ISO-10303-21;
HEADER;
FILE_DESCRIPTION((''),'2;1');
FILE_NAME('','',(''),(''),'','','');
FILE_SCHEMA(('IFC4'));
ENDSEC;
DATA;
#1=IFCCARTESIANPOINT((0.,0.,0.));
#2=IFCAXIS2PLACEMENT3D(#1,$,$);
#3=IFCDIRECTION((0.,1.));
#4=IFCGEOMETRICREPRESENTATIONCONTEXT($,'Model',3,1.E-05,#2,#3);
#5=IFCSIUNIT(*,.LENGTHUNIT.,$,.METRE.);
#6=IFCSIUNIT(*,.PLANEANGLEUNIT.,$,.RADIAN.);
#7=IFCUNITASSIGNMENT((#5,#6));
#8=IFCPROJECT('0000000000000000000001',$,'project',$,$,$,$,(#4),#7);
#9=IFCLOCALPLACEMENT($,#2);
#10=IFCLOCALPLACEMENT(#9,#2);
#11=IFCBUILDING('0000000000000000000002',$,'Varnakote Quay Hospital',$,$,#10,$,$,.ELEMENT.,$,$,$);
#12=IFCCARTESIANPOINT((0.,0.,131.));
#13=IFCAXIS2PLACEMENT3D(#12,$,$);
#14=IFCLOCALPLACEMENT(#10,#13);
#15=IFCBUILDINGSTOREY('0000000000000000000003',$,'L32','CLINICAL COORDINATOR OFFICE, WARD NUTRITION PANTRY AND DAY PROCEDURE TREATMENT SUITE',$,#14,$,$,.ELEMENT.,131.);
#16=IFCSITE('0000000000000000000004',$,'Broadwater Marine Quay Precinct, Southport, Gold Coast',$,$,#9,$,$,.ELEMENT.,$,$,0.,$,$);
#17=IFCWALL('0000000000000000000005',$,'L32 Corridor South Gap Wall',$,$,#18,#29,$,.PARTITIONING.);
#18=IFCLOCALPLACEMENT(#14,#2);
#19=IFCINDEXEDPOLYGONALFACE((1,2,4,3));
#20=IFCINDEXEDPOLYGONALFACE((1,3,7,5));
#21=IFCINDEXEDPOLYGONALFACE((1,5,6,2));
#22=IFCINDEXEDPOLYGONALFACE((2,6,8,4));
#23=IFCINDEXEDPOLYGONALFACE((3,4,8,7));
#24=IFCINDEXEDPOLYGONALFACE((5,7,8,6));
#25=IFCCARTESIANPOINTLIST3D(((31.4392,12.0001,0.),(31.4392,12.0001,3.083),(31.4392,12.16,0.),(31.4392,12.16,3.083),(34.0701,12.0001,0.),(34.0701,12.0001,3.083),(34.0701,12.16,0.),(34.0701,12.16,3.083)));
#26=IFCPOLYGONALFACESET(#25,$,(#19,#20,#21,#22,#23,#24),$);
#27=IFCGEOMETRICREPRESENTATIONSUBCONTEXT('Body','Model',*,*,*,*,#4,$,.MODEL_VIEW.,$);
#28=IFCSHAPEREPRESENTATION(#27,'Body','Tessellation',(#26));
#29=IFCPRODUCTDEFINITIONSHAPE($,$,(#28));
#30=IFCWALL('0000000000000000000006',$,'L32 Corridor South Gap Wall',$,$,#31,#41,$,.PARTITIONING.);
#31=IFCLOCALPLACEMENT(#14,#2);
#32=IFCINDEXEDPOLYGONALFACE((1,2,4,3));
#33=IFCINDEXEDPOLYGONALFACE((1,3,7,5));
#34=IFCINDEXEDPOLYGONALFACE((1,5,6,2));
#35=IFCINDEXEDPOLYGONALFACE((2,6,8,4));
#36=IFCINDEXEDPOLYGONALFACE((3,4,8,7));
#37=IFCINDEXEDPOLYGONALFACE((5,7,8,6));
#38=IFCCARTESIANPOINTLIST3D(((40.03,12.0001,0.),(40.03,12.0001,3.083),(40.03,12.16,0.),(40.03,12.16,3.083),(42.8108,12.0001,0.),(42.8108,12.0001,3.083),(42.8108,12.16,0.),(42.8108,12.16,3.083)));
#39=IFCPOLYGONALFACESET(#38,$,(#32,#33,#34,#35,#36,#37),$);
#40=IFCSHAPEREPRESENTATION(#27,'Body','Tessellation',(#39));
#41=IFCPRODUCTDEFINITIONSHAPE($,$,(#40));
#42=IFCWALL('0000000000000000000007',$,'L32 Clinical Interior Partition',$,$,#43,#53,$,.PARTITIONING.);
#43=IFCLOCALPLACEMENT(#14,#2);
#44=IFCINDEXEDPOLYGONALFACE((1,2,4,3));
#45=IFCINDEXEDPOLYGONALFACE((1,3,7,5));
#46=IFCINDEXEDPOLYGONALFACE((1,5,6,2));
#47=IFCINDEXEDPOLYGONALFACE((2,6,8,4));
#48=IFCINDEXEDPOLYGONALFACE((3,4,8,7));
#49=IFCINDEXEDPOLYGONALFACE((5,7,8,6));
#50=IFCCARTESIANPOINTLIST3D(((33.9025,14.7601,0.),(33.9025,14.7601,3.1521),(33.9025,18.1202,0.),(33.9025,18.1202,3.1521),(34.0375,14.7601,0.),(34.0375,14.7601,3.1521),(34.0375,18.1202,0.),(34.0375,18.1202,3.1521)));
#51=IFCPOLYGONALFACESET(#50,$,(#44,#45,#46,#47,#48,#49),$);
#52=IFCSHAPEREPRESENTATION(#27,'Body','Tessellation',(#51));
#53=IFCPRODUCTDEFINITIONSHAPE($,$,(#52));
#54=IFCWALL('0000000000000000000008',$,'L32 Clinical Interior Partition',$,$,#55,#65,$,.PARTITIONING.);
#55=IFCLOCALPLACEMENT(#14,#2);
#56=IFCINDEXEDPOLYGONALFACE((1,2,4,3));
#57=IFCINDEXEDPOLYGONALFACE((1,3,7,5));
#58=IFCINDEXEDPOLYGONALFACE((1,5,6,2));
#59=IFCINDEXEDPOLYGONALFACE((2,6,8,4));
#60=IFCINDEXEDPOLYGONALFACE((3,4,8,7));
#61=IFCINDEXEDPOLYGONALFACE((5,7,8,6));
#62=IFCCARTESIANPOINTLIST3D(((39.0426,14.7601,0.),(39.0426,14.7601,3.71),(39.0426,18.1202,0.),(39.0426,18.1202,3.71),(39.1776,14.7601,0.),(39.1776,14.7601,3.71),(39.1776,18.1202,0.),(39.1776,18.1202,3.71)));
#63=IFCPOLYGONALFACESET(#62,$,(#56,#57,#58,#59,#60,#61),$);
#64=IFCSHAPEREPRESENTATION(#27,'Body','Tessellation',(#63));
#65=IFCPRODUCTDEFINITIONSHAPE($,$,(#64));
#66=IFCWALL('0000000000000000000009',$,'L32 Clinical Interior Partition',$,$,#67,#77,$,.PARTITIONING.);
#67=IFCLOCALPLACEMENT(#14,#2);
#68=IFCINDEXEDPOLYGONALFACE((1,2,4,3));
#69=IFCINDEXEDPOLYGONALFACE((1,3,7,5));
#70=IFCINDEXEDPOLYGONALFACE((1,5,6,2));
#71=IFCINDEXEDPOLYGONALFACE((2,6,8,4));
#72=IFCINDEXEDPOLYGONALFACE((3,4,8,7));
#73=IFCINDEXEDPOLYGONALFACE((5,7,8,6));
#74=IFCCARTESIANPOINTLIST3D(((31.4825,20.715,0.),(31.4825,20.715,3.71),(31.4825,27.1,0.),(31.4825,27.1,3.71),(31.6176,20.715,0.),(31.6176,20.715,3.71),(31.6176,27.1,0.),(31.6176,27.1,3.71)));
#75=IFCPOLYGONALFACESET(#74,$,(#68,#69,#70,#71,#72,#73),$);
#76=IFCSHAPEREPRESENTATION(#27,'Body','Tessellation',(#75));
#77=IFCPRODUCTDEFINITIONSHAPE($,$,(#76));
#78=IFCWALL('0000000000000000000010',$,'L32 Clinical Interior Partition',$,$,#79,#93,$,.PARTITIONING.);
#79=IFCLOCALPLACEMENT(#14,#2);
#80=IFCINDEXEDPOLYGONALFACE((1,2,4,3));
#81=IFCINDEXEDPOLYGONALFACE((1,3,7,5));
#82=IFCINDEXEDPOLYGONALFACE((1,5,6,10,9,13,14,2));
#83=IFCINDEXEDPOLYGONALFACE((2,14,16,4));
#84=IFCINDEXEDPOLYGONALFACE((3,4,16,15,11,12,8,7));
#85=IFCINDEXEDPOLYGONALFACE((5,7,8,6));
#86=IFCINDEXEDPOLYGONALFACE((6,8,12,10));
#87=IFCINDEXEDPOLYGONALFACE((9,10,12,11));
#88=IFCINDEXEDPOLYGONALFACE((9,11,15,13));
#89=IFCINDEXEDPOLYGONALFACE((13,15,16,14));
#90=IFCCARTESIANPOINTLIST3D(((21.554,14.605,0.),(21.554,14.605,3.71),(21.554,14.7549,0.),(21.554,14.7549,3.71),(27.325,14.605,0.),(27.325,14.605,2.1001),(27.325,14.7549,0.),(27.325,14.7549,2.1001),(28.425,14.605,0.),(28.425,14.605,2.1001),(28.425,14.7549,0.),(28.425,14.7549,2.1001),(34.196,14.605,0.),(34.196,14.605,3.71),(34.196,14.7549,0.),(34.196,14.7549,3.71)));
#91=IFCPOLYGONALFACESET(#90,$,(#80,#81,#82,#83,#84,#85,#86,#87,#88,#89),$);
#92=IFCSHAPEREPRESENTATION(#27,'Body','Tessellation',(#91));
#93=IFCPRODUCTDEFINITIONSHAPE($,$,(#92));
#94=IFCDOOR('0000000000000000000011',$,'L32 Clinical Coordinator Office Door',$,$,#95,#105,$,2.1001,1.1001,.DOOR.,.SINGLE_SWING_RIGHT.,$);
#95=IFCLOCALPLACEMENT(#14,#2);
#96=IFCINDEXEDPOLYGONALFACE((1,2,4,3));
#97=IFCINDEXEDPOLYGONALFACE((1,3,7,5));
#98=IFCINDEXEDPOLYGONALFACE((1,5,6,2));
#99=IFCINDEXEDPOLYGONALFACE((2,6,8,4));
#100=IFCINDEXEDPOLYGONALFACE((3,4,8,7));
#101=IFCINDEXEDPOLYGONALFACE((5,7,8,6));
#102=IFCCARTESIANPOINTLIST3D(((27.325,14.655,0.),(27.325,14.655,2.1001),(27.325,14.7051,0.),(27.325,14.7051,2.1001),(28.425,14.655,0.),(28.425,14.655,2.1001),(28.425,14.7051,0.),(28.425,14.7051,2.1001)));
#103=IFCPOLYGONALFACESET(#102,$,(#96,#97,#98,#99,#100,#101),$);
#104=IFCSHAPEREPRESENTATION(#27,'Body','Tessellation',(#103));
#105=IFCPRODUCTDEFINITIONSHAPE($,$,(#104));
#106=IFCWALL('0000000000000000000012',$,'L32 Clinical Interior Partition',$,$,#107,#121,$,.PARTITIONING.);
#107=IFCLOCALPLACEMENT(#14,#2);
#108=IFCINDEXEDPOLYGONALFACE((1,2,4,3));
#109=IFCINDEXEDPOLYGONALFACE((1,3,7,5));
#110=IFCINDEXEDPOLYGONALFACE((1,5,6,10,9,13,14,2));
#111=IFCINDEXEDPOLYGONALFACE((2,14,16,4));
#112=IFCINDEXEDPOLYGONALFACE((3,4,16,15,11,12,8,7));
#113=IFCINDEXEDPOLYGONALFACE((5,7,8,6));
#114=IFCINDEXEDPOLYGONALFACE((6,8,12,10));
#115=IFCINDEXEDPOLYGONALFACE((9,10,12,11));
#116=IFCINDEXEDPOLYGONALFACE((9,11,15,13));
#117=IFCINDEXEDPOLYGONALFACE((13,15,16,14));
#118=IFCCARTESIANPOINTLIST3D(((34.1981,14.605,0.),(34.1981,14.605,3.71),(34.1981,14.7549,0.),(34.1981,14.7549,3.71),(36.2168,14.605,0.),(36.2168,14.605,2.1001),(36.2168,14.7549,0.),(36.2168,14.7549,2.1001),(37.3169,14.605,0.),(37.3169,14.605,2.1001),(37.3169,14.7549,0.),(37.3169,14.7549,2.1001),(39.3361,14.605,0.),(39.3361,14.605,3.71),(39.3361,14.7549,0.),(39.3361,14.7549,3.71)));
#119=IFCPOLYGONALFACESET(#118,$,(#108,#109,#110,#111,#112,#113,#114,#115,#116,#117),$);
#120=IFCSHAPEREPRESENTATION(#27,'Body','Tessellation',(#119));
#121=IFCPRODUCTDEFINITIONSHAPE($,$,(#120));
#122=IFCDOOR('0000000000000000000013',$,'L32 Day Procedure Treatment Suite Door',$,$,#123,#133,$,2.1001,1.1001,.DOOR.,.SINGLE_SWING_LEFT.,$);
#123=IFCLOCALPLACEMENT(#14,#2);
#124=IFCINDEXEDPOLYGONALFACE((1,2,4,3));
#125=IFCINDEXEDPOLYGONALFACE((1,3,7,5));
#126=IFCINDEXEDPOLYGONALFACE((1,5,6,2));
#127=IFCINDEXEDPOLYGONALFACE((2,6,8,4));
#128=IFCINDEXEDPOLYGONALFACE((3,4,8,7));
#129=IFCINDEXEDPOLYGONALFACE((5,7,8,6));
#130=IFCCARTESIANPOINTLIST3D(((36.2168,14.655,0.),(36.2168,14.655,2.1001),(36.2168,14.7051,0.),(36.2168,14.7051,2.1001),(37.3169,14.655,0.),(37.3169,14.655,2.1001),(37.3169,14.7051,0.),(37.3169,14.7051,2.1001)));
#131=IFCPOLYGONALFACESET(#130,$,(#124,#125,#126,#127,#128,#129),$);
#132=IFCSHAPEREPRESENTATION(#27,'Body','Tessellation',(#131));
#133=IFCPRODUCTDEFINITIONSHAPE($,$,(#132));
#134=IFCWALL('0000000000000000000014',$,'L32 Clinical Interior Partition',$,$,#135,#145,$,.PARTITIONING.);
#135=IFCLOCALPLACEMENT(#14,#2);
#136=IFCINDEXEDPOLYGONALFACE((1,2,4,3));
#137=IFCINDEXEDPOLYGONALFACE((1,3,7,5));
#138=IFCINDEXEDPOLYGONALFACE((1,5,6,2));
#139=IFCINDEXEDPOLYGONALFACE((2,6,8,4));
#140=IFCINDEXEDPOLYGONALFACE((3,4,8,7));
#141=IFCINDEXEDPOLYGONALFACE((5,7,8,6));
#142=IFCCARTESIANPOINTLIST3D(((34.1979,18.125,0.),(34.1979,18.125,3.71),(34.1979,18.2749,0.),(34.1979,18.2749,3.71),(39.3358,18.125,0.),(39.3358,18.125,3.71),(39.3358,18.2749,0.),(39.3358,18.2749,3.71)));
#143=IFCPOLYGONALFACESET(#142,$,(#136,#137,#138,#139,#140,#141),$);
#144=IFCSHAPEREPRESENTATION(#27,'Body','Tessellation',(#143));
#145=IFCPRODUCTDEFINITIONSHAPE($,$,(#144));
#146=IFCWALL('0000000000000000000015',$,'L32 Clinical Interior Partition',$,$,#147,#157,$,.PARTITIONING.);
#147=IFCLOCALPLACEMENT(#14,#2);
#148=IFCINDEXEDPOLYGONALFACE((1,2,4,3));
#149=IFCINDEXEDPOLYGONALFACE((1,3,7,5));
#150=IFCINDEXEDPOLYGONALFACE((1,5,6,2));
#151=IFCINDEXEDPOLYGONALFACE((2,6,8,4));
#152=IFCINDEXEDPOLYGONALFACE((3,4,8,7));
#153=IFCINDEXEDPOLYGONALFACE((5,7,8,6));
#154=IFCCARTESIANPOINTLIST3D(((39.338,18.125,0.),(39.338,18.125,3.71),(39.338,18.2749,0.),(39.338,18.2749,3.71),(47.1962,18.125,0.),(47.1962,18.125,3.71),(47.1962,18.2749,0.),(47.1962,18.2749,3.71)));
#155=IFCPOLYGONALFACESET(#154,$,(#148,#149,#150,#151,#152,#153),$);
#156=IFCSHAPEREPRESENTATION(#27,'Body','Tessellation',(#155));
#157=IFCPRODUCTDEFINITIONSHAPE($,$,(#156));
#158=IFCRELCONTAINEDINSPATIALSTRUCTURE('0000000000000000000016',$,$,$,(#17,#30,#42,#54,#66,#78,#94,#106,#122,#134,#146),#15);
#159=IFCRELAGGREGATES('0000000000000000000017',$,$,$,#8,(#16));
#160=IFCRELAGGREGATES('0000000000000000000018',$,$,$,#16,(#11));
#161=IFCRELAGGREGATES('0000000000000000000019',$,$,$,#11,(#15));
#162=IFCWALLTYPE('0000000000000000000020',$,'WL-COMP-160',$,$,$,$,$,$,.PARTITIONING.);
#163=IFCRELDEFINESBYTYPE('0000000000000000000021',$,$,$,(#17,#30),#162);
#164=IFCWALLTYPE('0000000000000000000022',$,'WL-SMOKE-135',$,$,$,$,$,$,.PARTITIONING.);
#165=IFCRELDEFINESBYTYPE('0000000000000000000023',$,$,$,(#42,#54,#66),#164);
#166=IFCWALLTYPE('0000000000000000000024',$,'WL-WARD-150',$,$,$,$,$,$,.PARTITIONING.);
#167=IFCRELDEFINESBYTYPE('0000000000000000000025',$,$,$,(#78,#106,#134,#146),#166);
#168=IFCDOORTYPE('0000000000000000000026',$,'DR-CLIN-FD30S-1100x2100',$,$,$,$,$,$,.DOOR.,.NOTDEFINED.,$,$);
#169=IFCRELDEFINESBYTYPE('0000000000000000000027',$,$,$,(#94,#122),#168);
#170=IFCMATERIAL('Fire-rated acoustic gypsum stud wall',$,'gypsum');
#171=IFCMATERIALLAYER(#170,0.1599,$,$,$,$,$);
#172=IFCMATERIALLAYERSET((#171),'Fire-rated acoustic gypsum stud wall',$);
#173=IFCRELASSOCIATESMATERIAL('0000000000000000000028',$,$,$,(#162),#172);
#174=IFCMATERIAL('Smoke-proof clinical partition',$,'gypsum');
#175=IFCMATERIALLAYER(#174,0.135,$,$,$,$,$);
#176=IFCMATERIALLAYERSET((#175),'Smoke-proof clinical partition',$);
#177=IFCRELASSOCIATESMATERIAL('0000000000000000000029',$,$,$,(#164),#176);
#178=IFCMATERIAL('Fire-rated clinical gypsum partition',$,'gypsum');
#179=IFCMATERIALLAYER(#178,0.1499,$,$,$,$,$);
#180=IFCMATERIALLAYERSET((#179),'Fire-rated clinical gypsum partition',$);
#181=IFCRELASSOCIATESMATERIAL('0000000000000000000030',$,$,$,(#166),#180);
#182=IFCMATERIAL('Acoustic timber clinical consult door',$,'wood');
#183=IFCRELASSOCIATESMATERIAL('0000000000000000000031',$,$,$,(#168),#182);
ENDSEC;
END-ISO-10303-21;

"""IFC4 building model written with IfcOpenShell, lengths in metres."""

from ifc_helpers import new_model, si_unit, direction, frame, frame_2d, origin, place, context, subcontext, project, spatial, rectangle, extrude, material, layer, layer_set, type_object, element, fill, save


model = new_model("IFC4")

# Units and contexts
model_context = context("Model", 3, precision=1e-05, world=origin(), true_north=direction((0.0, 1.0)))
body_context = subcontext(model_context, "Body", "Model", "MODEL_VIEW")
ifc_project = project(units=[si_unit("LENGTHUNIT", "METRE"), si_unit("PLANEANGLEUNIT", "RADIAN")], contexts=[model_context])

# Site, building, storey
site_placement = place(None, origin())
site = spatial("IfcSite", under=ifc_project, at=site_placement, Name="Broadwater Marine Quay Precinct, Southport, Gold Coast", CompositionType="ELEMENT", RefElevation=0.0)
building_placement = place(site_placement, origin())
building = spatial("IfcBuilding", under=site, at=building_placement, Name="Varnakote Quay Hospital", CompositionType="ELEMENT")
storey_placement = place(building_placement, frame((0.0, 0.0, 131.0)))
storey = spatial("IfcBuildingStorey", under=building, at=storey_placement, Name="L32", Description="CLINICAL COORDINATOR OFFICE, WARD NUTRITION PANTRY AND DAY PROCEDURE TREATMENT SUITE", CompositionType="ELEMENT", Elevation=131.0)

# Shared definitions
ifc_material_1 = material(Name="Fire-rated acoustic gypsum stud wall", Category="gypsum")
ifc_layer_1 = layer(ifc_material_1, 0.1599)
ifc_layer_set_1 = layer_set([ifc_layer_1], Name="Fire-rated acoustic gypsum stud wall")
wall_type_1 = type_object("IfcWallType", Name="WL-COMP-160", PredefinedType="PARTITIONING", material=ifc_layer_set_1)

# Walls
wall_1_placement = place(storey_placement, frame((31.4392, 12.0801, 0.0), z_axis=(0.0, 0.0, 1.0), x_axis=(1.0, 0.0, 0.0)))
element("IfcWall", 1, at=wall_1_placement, inside=storey, type_object=wall_type_1, Name="L32 Corridor South Gap Wall", PredefinedType="PARTITIONING", context=body_context, shape_type="SweptSolid", body=[
    extrude(rectangle(XDim=2.6309, YDim=0.1599, at=frame_2d((1.3154, 0.0))), origin(), (0.0, 0.0, 1.0), 3.083),
])
wall_2_placement = place(storey_placement, frame((40.03, 12.0801, 0.0), z_axis=(0.0, 0.0, 1.0), x_axis=(1.0, 0.0, 0.0)))
element("IfcWall", 2, at=wall_2_placement, inside=storey, type_object=wall_type_1, Name="L32 Corridor South Gap Wall", PredefinedType="PARTITIONING", context=body_context, shape_type="SweptSolid", body=[
    extrude(rectangle(XDim=2.7808, YDim=0.1599, at=frame_2d((1.3904, 0.0))), origin(), (0.0, 0.0, 1.0), 3.083),
])
ifc_material_2 = material(Name="Smoke-proof clinical partition", Category="gypsum")
ifc_layer_2 = layer(ifc_material_2, 0.135)
ifc_layer_set_2 = layer_set([ifc_layer_2], Name="Smoke-proof clinical partition")
wall_type_2 = type_object("IfcWallType", Name="WL-SMOKE-135", PredefinedType="PARTITIONING", material=ifc_layer_set_2)
wall_3_placement = place(storey_placement, frame((33.97, 14.76, 0.0), z_axis=(0.0, 0.0, 1.0), x_axis=(0.0, 1.0, 0.0)))
element("IfcWall", 3, at=wall_3_placement, inside=storey, type_object=wall_type_2, Name="L32 Clinical Interior Partition", PredefinedType="PARTITIONING", context=body_context, shape_type="SweptSolid", body=[
    extrude(rectangle(XDim=3.3601, YDim=0.135, at=frame_2d((1.6802, 0.0))), origin(), (0.0, 0.0, 1.0), 3.1521),
])
wall_4_placement = place(storey_placement, frame((39.1101, 14.76, 0.0), z_axis=(0.0, 0.0, 1.0), x_axis=(0.0, 1.0, 0.0)))
element("IfcWall", 4, at=wall_4_placement, inside=storey, type_object=wall_type_2, Name="L32 Clinical Interior Partition", PredefinedType="PARTITIONING", context=body_context, shape_type="SweptSolid", body=[
    extrude(rectangle(XDim=3.3601, YDim=0.135, at=frame_2d((1.6802, 0.0))), origin(), (0.0, 0.0, 1.0), 3.71),
])
wall_5_placement = place(storey_placement, frame((31.55, 20.7151, 0.0), z_axis=(0.0, 0.0, 1.0), x_axis=(0.0, 1.0, 0.0)))
element("IfcWall", 5, at=wall_5_placement, inside=storey, type_object=wall_type_2, Name="L32 Clinical Interior Partition", PredefinedType="PARTITIONING", context=body_context, shape_type="SweptSolid", body=[
    extrude(rectangle(XDim=6.385, YDim=0.135, at=frame_2d((3.1924, 0.0))), origin(), (0.0, 0.0, 1.0), 3.71),
])

# Walls, openings, doors
ifc_material_3 = material(Name="Fire-rated clinical gypsum partition", Category="gypsum")
ifc_layer_3 = layer(ifc_material_3, 0.1499)
ifc_layer_set_3 = layer_set([ifc_layer_3], Name="Fire-rated clinical gypsum partition")
wall_type_3 = type_object("IfcWallType", Name="WL-WARD-150", PredefinedType="PARTITIONING", material=ifc_layer_set_3)
wall_6_placement = place(storey_placement, frame((34.196, 14.6799, 0.0), z_axis=(0.0, 0.0, 1.0), x_axis=(-1.0, 0.0, 0.0)))
wall_6 = element("IfcWall", 6, at=wall_6_placement, inside=storey, type_object=wall_type_3, Name="L32 Clinical Interior Partition", PredefinedType="PARTITIONING", context=body_context, shape_type="SweptSolid", body=[
    extrude(rectangle(XDim=12.6421, YDim=0.1499, at=frame_2d((6.321, 0.0))), origin(), (0.0, 0.0, 1.0), 3.71),
])
opening_1_placement = place(wall_6_placement, frame((5.771, 0.0, 0.0)))
opening_1 = element("IfcOpeningElement", 7, at=opening_1_placement, cuts=wall_6, PredefinedType="OPENING", context=body_context, shape_type="SweptSolid", body=[
    extrude(rectangle(XDim=1.1001, YDim=2.1001, at=frame_2d((0.55, 1.05))), frame((0.0, 0.085, 0.0), z_axis=(0.0, -1.0, 0.0), x_axis=(1.0, 0.0, 0.0)), (0.0, 0.0, 1.0), 0.1699),
])
ifc_material_4 = material(Name="Acoustic timber clinical consult door", Category="wood")
door_type_1 = type_object("IfcDoorType", Name="DR-CLIN-FD30S-1100x2100", OperationType="NOTDEFINED", PredefinedType="DOOR", material=ifc_material_4)
door_1_placement = place(opening_1_placement, origin())
door_1 = element("IfcDoor", 8, at=door_1_placement, inside=storey, type_object=door_type_1, Name="L32 Clinical Coordinator Office Door", OperationType="SINGLE_SWING_RIGHT", OverallHeight=2.1001, OverallWidth=1.1001, PredefinedType="DOOR", context=body_context, shape_type="SweptSolid", body=[
    extrude(rectangle(XDim=1.1001, YDim=2.1001, at=frame_2d((0.55, 1.05))), frame((0.0, 0.0249, 0.0), z_axis=(0.0, -1.0, 0.0), x_axis=(1.0, 0.0, 0.0)), (0.0, 0.0, 1.0), 0.05),
])
fill(opening_1, door_1)
wall_7_placement = place(storey_placement, frame((39.3359, 14.6799, 0.0), z_axis=(0.0, 0.0, 1.0), x_axis=(-1.0, 0.0, 0.0)))
wall_7 = element("IfcWall", 9, at=wall_7_placement, inside=storey, type_object=wall_type_3, Name="L32 Clinical Interior Partition", PredefinedType="PARTITIONING", context=body_context, shape_type="SweptSolid", body=[
    extrude(rectangle(XDim=5.1379, YDim=0.1499, at=frame_2d((2.5688, 0.0))), origin(), (0.0, 0.0, 1.0), 3.71),
])
opening_2_placement = place(wall_7_placement, frame((2.019, 0.0, 0.0)))
opening_2 = element("IfcOpeningElement", 10, at=opening_2_placement, cuts=wall_7, PredefinedType="OPENING", context=body_context, shape_type="SweptSolid", body=[
    extrude(rectangle(XDim=1.1001, YDim=2.1001, at=frame_2d((0.55, 1.05))), frame((0.0, 0.085, 0.0), z_axis=(0.0, -1.0, 0.0), x_axis=(1.0, 0.0, 0.0)), (0.0, 0.0, 1.0), 0.1699),
])
door_2_placement = place(opening_2_placement, origin())
door_2 = element("IfcDoor", 11, at=door_2_placement, inside=storey, type_object=door_type_1, Name="L32 Day Procedure Treatment Suite Door", OperationType="SINGLE_SWING_LEFT", OverallHeight=2.1001, OverallWidth=1.1001, PredefinedType="DOOR", context=body_context, shape_type="SweptSolid", body=[
    extrude(rectangle(XDim=1.1001, YDim=2.1001, at=frame_2d((0.55, 1.05))), frame((0.0, 0.0249, 0.0), z_axis=(0.0, -1.0, 0.0), x_axis=(1.0, 0.0, 0.0)), (0.0, 0.0, 1.0), 0.05),
])
fill(opening_2, door_2)

# Walls
wall_8_placement = place(storey_placement, frame((34.198, 18.2, 0.0), z_axis=(0.0, 0.0, 1.0), x_axis=(1.0, 0.0, 0.0)))
element("IfcWall", 12, at=wall_8_placement, inside=storey, type_object=wall_type_3, Name="L32 Clinical Interior Partition", PredefinedType="PARTITIONING", context=body_context, shape_type="SweptSolid", body=[
    extrude(rectangle(XDim=5.1379, YDim=0.1499, at=frame_2d((2.5688, 0.0))), origin(), (0.0, 0.0, 1.0), 3.71),
])
wall_9_placement = place(storey_placement, frame((39.3379, 18.2, 0.0), z_axis=(0.0, 0.0, 1.0), x_axis=(1.0, 0.0, 0.0)))
element("IfcWall", 13, at=wall_9_placement, inside=storey, type_object=wall_type_3, Name="L32 Clinical Interior Partition", PredefinedType="PARTITIONING", context=body_context, shape_type="SweptSolid", body=[
    extrude(rectangle(XDim=7.8582, YDim=0.1499, at=frame_2d((3.9292, 0.0))), origin(), (0.0, 0.0, 1.0), 3.71),
])

save(model, "model.ifc")
